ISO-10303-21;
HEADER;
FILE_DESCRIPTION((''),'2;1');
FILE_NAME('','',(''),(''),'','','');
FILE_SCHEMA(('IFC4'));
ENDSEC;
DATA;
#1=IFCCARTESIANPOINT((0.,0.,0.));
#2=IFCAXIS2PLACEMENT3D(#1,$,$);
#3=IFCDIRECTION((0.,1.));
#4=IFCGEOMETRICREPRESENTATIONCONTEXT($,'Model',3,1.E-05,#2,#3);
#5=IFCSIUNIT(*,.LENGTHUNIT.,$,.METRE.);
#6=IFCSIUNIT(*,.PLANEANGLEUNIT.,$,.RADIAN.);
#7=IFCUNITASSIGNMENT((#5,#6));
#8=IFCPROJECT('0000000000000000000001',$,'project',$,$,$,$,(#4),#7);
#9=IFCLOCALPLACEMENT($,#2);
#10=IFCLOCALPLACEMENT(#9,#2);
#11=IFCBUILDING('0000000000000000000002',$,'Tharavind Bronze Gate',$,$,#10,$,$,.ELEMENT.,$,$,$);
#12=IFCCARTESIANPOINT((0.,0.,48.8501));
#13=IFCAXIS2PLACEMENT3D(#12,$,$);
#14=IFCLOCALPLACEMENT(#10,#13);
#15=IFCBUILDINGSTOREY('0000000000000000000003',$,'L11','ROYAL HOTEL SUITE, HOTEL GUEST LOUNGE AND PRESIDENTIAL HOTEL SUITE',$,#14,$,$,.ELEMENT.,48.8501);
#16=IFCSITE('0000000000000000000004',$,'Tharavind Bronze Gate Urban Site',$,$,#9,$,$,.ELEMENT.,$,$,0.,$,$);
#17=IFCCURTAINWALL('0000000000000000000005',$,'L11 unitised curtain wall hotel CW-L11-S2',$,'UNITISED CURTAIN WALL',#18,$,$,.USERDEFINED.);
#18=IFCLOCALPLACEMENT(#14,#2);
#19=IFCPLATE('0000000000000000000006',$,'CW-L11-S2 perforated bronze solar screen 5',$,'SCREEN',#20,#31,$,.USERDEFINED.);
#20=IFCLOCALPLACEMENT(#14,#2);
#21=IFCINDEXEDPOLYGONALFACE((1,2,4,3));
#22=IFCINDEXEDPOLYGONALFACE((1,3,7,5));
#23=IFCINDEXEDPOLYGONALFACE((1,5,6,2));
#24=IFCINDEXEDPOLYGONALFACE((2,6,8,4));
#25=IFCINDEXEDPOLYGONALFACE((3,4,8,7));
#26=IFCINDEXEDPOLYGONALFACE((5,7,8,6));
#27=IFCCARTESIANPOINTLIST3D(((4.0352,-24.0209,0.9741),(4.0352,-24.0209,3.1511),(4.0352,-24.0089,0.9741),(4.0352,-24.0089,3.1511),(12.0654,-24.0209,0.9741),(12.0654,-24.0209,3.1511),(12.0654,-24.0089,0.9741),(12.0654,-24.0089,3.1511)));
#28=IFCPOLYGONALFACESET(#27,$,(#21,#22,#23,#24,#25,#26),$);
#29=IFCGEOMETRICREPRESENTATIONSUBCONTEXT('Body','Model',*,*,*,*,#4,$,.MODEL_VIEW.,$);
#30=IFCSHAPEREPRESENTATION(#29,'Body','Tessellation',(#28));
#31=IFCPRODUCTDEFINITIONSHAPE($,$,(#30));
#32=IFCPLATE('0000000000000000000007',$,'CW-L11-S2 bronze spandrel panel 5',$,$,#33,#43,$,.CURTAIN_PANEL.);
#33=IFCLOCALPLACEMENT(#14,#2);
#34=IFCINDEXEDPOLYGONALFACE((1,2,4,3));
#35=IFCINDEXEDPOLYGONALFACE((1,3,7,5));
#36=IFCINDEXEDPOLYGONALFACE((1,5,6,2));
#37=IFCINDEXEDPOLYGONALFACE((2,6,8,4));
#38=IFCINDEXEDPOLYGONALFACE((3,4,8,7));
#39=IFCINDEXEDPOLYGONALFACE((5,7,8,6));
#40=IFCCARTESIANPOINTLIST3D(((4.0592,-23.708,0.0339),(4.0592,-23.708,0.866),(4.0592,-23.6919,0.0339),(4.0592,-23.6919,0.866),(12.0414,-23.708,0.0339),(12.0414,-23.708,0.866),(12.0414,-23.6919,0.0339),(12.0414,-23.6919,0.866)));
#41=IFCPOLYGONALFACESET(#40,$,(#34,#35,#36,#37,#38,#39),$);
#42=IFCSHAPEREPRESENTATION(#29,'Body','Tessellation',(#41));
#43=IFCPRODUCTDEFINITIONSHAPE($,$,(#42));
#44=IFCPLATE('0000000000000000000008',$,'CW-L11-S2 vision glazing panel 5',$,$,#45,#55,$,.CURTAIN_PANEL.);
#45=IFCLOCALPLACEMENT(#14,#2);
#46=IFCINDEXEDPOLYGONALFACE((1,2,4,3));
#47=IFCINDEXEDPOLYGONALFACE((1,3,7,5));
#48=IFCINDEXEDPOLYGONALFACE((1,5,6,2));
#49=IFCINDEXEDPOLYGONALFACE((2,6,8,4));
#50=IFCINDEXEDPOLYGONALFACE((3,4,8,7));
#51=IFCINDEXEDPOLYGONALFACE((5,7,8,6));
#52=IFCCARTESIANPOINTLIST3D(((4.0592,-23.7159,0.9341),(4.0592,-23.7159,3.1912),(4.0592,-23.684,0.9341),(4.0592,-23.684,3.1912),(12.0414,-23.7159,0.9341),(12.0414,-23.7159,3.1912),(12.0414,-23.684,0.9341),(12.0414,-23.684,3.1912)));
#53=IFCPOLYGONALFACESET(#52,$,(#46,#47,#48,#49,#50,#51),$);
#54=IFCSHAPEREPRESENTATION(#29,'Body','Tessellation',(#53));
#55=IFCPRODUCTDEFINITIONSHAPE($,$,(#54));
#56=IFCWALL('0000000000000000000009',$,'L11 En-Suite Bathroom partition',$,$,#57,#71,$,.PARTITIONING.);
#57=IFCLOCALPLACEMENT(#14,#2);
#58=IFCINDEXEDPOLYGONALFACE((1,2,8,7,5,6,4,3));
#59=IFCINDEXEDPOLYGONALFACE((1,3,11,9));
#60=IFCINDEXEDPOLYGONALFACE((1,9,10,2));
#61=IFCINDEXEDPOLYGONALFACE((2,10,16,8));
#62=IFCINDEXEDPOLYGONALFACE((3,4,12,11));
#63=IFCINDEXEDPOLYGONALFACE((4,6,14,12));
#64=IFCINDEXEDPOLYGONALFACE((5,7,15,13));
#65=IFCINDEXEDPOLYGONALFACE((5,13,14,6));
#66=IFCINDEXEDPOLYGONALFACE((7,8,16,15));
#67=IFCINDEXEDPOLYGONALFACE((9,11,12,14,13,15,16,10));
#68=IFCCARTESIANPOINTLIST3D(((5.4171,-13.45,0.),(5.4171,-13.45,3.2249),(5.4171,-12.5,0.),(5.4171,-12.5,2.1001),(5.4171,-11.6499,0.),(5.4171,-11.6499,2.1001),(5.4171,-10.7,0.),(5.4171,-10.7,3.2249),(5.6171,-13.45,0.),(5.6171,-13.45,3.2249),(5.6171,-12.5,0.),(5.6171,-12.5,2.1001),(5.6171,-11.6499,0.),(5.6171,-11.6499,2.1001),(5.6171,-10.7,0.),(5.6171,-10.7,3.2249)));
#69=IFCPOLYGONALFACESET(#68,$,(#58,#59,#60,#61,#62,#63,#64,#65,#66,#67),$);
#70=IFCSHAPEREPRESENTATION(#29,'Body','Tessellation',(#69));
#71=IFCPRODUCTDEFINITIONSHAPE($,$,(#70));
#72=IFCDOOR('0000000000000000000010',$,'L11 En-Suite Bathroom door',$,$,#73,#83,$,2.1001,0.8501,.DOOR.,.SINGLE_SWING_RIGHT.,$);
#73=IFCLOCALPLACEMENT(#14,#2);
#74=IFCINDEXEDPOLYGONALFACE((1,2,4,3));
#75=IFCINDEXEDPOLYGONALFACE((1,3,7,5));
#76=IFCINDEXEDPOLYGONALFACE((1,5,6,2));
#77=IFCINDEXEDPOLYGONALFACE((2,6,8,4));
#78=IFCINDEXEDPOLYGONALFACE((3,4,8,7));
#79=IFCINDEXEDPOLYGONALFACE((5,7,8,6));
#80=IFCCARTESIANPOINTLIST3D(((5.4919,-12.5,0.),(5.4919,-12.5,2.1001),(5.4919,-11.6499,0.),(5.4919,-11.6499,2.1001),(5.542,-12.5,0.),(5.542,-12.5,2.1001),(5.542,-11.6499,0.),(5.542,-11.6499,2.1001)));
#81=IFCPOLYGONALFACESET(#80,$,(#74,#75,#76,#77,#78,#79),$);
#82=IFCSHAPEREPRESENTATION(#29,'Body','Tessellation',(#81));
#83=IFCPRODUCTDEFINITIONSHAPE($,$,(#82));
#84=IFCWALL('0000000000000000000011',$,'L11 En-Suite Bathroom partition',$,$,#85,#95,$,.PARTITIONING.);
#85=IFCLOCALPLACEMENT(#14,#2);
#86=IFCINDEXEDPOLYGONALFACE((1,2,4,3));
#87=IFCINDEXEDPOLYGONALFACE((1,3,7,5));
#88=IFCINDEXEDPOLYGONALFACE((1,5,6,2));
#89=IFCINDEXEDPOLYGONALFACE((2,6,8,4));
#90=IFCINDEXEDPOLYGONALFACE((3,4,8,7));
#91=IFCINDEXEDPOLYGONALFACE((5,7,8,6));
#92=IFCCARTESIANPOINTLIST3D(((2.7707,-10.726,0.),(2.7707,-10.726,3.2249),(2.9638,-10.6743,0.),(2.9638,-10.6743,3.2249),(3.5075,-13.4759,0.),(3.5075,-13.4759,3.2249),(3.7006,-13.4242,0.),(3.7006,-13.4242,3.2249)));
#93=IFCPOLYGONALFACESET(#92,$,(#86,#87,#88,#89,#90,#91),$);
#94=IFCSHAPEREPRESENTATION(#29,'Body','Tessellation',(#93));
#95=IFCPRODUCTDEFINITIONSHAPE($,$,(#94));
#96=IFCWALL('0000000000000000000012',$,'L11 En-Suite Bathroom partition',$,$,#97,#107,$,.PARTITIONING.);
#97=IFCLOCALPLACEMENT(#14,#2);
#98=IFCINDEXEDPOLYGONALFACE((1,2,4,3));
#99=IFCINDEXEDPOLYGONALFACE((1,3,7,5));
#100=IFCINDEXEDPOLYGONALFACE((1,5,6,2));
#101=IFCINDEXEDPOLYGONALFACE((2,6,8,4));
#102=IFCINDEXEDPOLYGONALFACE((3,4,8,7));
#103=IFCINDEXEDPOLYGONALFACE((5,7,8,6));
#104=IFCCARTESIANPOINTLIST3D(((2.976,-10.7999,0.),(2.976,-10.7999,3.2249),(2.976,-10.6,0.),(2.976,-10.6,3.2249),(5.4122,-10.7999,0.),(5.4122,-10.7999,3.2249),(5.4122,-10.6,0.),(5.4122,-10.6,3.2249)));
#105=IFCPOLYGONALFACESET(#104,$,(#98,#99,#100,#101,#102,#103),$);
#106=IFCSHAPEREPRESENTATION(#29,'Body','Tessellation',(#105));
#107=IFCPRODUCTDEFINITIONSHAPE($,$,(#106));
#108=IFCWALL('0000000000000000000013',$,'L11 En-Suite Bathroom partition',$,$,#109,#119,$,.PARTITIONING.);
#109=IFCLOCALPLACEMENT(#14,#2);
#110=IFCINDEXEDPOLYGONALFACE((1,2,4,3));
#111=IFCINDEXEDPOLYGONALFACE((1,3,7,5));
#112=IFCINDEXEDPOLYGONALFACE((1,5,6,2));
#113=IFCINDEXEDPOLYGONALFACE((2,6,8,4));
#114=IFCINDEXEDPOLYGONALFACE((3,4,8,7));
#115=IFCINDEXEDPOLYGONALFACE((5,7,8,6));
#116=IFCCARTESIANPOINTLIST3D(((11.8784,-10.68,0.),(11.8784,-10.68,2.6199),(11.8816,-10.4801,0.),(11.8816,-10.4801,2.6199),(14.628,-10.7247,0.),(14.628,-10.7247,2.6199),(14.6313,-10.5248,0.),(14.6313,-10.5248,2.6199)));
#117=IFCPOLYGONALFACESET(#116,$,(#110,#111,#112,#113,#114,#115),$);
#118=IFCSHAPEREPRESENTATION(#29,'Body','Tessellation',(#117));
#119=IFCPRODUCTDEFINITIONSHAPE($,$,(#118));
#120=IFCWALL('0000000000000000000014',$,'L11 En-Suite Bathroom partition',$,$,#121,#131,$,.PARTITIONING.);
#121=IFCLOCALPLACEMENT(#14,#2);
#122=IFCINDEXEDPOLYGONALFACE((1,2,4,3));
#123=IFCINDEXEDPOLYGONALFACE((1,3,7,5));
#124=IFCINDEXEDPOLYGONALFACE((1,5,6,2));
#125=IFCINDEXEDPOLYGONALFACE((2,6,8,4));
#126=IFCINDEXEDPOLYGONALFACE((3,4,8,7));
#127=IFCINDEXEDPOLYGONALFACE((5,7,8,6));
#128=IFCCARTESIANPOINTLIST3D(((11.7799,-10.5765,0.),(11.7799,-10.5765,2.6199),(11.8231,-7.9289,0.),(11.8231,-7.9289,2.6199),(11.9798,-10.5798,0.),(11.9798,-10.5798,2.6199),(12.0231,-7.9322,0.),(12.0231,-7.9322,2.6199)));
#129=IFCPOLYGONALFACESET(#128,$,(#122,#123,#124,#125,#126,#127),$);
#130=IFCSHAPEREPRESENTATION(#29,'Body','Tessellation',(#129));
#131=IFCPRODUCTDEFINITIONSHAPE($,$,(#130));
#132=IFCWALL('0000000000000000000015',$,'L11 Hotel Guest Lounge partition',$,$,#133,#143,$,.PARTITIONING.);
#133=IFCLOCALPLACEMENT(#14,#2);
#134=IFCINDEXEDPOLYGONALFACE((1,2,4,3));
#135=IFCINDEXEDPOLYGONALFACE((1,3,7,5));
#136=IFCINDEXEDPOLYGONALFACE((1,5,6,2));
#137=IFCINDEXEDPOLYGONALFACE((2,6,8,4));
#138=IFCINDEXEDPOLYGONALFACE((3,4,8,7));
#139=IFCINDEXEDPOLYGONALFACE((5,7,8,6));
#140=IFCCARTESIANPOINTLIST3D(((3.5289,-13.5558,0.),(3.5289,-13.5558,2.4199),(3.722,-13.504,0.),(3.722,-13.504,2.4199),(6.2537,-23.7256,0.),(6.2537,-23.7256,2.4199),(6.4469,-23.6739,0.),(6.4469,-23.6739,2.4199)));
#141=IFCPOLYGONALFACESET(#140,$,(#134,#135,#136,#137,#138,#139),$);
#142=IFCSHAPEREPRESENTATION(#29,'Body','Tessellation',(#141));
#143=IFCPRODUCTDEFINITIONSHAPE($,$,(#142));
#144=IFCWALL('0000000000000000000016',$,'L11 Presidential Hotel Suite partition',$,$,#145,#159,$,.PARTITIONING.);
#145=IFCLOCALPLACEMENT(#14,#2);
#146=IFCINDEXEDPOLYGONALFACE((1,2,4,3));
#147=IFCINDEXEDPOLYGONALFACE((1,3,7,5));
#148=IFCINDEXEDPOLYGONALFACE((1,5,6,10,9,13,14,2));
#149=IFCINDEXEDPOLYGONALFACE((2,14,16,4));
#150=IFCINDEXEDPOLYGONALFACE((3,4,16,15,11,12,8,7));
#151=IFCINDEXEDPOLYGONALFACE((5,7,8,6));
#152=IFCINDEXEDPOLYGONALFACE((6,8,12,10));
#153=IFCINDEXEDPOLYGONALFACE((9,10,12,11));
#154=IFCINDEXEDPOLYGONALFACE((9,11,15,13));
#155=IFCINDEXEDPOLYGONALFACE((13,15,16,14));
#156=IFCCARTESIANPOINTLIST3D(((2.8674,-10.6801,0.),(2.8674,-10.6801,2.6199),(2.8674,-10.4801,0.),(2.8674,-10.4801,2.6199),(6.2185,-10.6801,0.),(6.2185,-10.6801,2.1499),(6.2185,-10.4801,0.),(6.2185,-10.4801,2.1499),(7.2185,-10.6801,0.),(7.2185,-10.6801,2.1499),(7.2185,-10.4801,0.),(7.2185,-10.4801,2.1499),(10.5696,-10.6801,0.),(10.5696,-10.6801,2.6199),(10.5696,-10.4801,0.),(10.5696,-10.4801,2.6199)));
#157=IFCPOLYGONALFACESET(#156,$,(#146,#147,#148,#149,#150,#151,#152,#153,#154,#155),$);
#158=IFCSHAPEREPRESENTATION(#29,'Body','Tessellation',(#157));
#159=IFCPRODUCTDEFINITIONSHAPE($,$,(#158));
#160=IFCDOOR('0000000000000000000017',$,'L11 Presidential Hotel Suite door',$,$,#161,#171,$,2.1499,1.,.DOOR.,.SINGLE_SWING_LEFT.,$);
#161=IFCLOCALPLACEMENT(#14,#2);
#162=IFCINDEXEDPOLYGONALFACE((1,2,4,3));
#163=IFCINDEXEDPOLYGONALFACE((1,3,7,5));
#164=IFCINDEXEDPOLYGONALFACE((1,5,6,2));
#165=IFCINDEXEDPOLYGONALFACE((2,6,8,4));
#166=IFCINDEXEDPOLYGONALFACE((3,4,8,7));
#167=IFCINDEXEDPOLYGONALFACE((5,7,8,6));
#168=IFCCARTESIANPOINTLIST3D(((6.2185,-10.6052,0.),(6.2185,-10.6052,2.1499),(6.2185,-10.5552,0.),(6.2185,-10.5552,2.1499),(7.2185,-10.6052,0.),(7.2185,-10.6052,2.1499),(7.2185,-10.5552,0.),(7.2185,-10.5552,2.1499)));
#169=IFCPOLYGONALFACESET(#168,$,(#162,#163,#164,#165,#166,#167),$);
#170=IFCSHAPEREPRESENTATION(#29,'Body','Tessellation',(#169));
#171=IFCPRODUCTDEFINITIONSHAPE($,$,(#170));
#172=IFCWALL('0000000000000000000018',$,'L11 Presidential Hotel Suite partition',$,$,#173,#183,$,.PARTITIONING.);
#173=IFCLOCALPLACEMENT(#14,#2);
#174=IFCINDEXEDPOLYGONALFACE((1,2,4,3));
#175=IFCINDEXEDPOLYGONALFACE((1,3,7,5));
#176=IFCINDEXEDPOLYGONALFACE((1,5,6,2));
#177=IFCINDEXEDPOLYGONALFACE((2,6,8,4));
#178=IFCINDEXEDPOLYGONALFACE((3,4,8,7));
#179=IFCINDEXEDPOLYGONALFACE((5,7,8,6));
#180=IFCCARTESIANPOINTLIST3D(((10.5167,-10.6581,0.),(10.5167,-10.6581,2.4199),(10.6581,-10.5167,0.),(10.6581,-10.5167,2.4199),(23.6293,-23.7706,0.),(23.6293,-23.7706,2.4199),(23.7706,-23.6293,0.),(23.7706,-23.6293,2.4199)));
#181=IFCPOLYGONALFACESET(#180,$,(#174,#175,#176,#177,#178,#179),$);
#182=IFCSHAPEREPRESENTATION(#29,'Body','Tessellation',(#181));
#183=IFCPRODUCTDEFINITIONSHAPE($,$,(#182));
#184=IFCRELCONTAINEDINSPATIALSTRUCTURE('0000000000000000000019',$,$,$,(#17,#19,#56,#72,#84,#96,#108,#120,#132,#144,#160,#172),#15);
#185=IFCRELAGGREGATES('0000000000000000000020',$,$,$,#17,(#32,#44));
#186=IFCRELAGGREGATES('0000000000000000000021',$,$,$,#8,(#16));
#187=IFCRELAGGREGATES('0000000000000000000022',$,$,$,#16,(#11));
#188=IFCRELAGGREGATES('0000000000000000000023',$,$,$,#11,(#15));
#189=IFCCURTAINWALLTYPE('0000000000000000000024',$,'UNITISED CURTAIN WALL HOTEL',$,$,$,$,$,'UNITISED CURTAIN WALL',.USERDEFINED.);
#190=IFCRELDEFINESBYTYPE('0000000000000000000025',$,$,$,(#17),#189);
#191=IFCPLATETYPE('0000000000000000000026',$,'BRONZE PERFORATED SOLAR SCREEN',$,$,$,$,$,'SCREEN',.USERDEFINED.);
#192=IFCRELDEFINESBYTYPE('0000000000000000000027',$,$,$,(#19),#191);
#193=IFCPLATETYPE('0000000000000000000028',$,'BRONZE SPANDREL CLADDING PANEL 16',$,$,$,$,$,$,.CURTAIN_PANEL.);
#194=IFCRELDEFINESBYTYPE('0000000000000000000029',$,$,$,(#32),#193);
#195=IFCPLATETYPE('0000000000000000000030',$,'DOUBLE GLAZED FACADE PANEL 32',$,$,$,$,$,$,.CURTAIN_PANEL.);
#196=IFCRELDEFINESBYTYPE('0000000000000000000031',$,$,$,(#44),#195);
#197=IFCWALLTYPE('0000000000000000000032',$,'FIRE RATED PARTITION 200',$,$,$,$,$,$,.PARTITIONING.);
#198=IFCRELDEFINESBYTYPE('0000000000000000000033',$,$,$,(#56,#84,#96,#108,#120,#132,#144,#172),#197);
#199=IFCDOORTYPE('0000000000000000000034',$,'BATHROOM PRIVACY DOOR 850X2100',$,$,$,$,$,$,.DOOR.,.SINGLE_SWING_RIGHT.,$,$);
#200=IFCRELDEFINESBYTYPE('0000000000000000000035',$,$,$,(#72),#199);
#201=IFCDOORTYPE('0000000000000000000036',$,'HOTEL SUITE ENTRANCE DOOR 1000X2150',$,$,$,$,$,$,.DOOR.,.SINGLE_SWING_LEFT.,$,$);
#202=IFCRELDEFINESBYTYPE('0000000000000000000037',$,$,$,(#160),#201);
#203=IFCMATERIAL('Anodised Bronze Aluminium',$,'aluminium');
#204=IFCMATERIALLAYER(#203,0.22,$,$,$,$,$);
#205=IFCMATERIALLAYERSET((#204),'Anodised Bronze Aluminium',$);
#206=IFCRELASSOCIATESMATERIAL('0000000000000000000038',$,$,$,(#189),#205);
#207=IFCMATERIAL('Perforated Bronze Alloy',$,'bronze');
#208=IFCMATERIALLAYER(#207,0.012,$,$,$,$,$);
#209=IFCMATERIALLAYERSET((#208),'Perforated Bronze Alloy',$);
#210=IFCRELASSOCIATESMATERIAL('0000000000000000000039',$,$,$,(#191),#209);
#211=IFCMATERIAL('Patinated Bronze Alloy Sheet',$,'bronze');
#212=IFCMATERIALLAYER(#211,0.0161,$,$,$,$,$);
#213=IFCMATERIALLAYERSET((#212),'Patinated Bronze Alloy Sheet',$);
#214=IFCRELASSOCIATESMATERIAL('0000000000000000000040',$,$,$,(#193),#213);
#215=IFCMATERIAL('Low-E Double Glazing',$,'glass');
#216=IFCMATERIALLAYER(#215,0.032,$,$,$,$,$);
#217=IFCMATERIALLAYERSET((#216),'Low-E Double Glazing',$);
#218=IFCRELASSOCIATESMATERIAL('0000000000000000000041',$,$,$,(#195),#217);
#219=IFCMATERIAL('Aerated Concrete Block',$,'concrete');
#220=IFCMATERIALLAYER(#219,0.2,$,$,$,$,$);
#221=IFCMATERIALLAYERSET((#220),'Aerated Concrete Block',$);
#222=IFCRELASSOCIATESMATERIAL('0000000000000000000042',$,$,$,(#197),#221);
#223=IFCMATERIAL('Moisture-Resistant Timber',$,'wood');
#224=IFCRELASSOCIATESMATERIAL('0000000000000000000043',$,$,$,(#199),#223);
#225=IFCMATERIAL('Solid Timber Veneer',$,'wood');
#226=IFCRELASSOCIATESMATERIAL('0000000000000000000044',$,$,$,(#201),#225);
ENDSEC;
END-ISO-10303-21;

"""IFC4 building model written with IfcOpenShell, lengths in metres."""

from ifc_helpers import new_model, si_unit, direction, frame, frame_2d, origin, origin_2d, place, context, subcontext, project, spatial, rectangle, extrude, material, layer, layer_set, type_object, element, fill, aggregate, save


model = new_model("IFC4")

# Units and contexts
model_context = context("Model", 3, precision=1e-05, world=origin(), true_north=direction((0.0, 1.0)))
body_context = subcontext(model_context, "Body", "Model", "MODEL_VIEW")
ifc_project = project(units=[si_unit("LENGTHUNIT", "METRE"), si_unit("PLANEANGLEUNIT", "RADIAN")], contexts=[model_context])

# Site, building, storey
site_placement = place(None, origin())
site = spatial("IfcSite", under=ifc_project, at=site_placement, Name="Tharavind Bronze Gate Urban Site", CompositionType="ELEMENT", RefElevation=0.0)
building_placement = place(site_placement, origin())
building = spatial("IfcBuilding", under=site, at=building_placement, Name="Tharavind Bronze Gate", CompositionType="ELEMENT")
storey_placement = place(building_placement, frame((0.0, 0.0, 48.8501)))
storey = spatial("IfcBuildingStorey", under=building, at=storey_placement, Name="L11", Description="ROYAL HOTEL SUITE, HOTEL GUEST LOUNGE AND PRESIDENTIAL HOTEL SUITE", CompositionType="ELEMENT", Elevation=48.8501)

# Curtain wall
ifc_material_1 = material(Name="Anodised Bronze Aluminium", Category="aluminium")
ifc_layer_1 = layer(ifc_material_1, 0.22)
ifc_layer_set_1 = layer_set([ifc_layer_1], Name="Anodised Bronze Aluminium")
curtain_wall_type = type_object("IfcCurtainWallType", Name="UNITISED CURTAIN WALL HOTEL", ElementType="UNITISED CURTAIN WALL", PredefinedType="USERDEFINED", material=ifc_layer_set_1)
curtain_wall_placement = place(storey_placement, origin())
curtain_wall = element("IfcCurtainWall", 1, at=curtain_wall_placement, inside=storey, type_object=curtain_wall_type, Name="L11 unitised curtain wall hotel CW-L11-S2", ObjectType="UNITISED CURTAIN WALL", PredefinedType="USERDEFINED")

# Plates
ifc_material_2 = material(Name="Perforated Bronze Alloy", Category="bronze")
ifc_layer_2 = layer(ifc_material_2, 0.012)
ifc_layer_set_2 = layer_set([ifc_layer_2], Name="Perforated Bronze Alloy")
plate_type_1 = type_object("IfcPlateType", Name="BRONZE PERFORATED SOLAR SCREEN", ElementType="SCREEN", PredefinedType="USERDEFINED", material=ifc_layer_set_2)
plate_1_placement = place(storey_placement, frame((8.0503, -24.0149, 0.9741), z_axis=(0.0, 0.0, 1.0), x_axis=(1.0, 0.0, 0.0)))
element("IfcPlate", 2, at=plate_1_placement, inside=storey, type_object=plate_type_1, Name="CW-L11-S2 perforated bronze solar screen 5", ObjectType="SCREEN", PredefinedType="USERDEFINED", context=body_context, shape_type="SweptSolid", body=[
    extrude(rectangle(XDim=8.0303, YDim=0.012, at=origin_2d()), origin(), (0.0, 0.0, 1.0), 2.177),
])
ifc_material_3 = material(Name="Patinated Bronze Alloy Sheet", Category="bronze")
ifc_layer_3 = layer(ifc_material_3, 0.0161)
ifc_layer_set_3 = layer_set([ifc_layer_3], Name="Patinated Bronze Alloy Sheet")
plate_type_2 = type_object("IfcPlateType", Name="BRONZE SPANDREL CLADDING PANEL 16", PredefinedType="CURTAIN_PANEL", material=ifc_layer_set_3)
plate_2_placement = place(storey_placement, frame((8.0503, -23.7, 0.0339), z_axis=(0.0, 0.0, 1.0), x_axis=(1.0, 0.0, 0.0)))
plate_2 = element("IfcPlate", 3, at=plate_2_placement, type_object=plate_type_2, Name="CW-L11-S2 bronze spandrel panel 5", PredefinedType="CURTAIN_PANEL", context=body_context, shape_type="SweptSolid", body=[
    extrude(rectangle(XDim=7.9822, YDim=0.0161, at=origin_2d()), origin(), (0.0, 0.0, 1.0), 0.832),
])
ifc_material_4 = material(Name="Low-E Double Glazing", Category="glass")
ifc_layer_4 = layer(ifc_material_4, 0.032)
ifc_layer_set_4 = layer_set([ifc_layer_4], Name="Low-E Double Glazing")
plate_type_3 = type_object("IfcPlateType", Name="DOUBLE GLAZED FACADE PANEL 32", PredefinedType="CURTAIN_PANEL", material=ifc_layer_set_4)
plate_3_placement = place(storey_placement, frame((8.0503, -23.7, 0.9341), z_axis=(0.0, 0.0, 1.0), x_axis=(1.0, 0.0, 0.0)))
plate_3 = element("IfcPlate", 4, at=plate_3_placement, type_object=plate_type_3, Name="CW-L11-S2 vision glazing panel 5", PredefinedType="CURTAIN_PANEL", context=body_context, shape_type="SweptSolid", body=[
    extrude(rectangle(XDim=7.9822, YDim=0.032, at=origin_2d()), origin(), (0.0, 0.0, 1.0), 2.2571),
])
aggregate(curtain_wall, [plate_2, plate_3])

# Wall, opening, door
ifc_material_5 = material(Name="Aerated Concrete Block", Category="concrete")
ifc_layer_5 = layer(ifc_material_5, 0.2)
ifc_layer_set_5 = layer_set([ifc_layer_5], Name="Aerated Concrete Block")
wall_type_1 = type_object("IfcWallType", Name="FIRE RATED PARTITION 200", PredefinedType="PARTITIONING", material=ifc_layer_set_5)
wall_1_placement = place(storey_placement, frame((5.5171, -10.7, 0.0), z_axis=(0.0, 0.0, 1.0), x_axis=(0.0, -1.0, 0.0)))
wall_1 = element("IfcWall", 5, at=wall_1_placement, inside=storey, type_object=wall_type_1, Name="L11 En-Suite Bathroom partition", PredefinedType="PARTITIONING", context=body_context, shape_type="SweptSolid", body=[
    extrude(rectangle(XDim=2.75, YDim=0.2, at=frame_2d((1.375, 0.0))), origin(), (0.0, 0.0, 1.0), 3.2249),
])
opening_1_placement = place(wall_1_placement, frame((0.95, 0.0, 0.0)))
opening_1 = element("IfcOpeningElement", 6, at=opening_1_placement, cuts=wall_1, PredefinedType="OPENING", context=body_context, shape_type="SweptSolid", body=[
    extrude(rectangle(XDim=0.8501, YDim=2.1001, at=frame_2d((0.425, 1.05))), frame((0.0, 0.1101, 0.0), z_axis=(0.0, -1.0, 0.0), x_axis=(1.0, 0.0, 0.0)), (0.0, 0.0, 1.0), 0.22),
])
ifc_material_6 = material(Name="Moisture-Resistant Timber", Category="wood")
door_type_1 = type_object("IfcDoorType", Name="BATHROOM PRIVACY DOOR 850X2100", OperationType="SINGLE_SWING_RIGHT", PredefinedType="DOOR", material=ifc_material_6)
door_1_placement = place(opening_1_placement, origin())
door_1 = element("IfcDoor", 7, at=door_1_placement, inside=storey, type_object=door_type_1, Name="L11 En-Suite Bathroom door", OperationType="SINGLE_SWING_RIGHT", OverallHeight=2.1001, OverallWidth=0.8501, PredefinedType="DOOR", context=body_context, shape_type="SweptSolid", body=[
    extrude(rectangle(XDim=0.8501, YDim=2.1001, at=frame_2d((0.425, 1.05))), frame((0.0, 0.0249, 0.0), z_axis=(0.0, -1.0, 0.0), x_axis=(1.0, 0.0, 0.0)), (0.0, 0.0, 1.0), 0.05),
])
fill(opening_1, door_1)

# Walls
wall_2_placement = place(storey_placement, frame((3.604, -13.45, 0.0), z_axis=(0.0, 0.0, 1.0), x_axis=(-0.258805, 0.96593, 0.0)))
element("IfcWall", 8, at=wall_2_placement, inside=storey, type_object=wall_type_1, Name="L11 En-Suite Bathroom partition", PredefinedType="PARTITIONING", context=body_context, shape_type="SweptSolid", body=[
    extrude(rectangle(XDim=2.8469, YDim=0.2, at=frame_2d((1.4233, 0.0))), origin(), (0.0, 0.0, 1.0), 3.2249),
])
wall_3_placement = place(storey_placement, frame((2.9758, -10.7, 0.0), z_axis=(0.0, 0.0, 1.0), x_axis=(1.0, 0.0, 0.0)))
element("IfcWall", 9, at=wall_3_placement, inside=storey, type_object=wall_type_1, Name="L11 En-Suite Bathroom partition", PredefinedType="PARTITIONING", context=body_context, shape_type="SweptSolid", body=[
    extrude(rectangle(XDim=2.4363, YDim=0.2, at=frame_2d((1.2183, 0.0))), origin(), (0.0, 0.0, 1.0), 3.2249),
])
wall_4_placement = place(storey_placement, frame((14.6296, -10.6248, 0.0), z_axis=(0.0, 0.0, 1.0), x_axis=(-0.999868, 0.016246, 0.0)))
element("IfcWall", 10, at=wall_4_placement, inside=storey, type_object=wall_type_1, Name="L11 En-Suite Bathroom partition", PredefinedType="PARTITIONING", context=body_context, shape_type="SweptSolid", body=[
    extrude(rectangle(XDim=2.75, YDim=0.2, at=frame_2d((1.375, 0.0))), origin(), (0.0, 0.0, 1.0), 2.6199),
])
wall_5_placement = place(storey_placement, frame((11.8799, -10.5781, 0.0), z_axis=(0.0, 0.0, 1.0), x_axis=(0.016319, 0.999867, 0.0)))
element("IfcWall", 11, at=wall_5_placement, inside=storey, type_object=wall_type_1, Name="L11 En-Suite Bathroom partition", PredefinedType="PARTITIONING", context=body_context, shape_type="SweptSolid", body=[
    extrude(rectangle(XDim=2.6479, YDim=0.2, at=frame_2d((1.324, 0.0))), origin(), (0.0, 0.0, 1.0), 2.6199),
])
wall_6_placement = place(storey_placement, frame((3.6255, -13.53, 0.0), z_axis=(0.0, 0.0, 1.0), x_axis=(0.258804, -0.96593, 0.0)))
element("IfcWall", 12, at=wall_6_placement, inside=storey, type_object=wall_type_1, Name="L11 Hotel Guest Lounge partition", PredefinedType="PARTITIONING", context=body_context, shape_type="SweptSolid", body=[
    extrude(rectangle(XDim=10.5286, YDim=0.2, at=frame_2d((5.2642, 0.0))), origin(), (0.0, 0.0, 1.0), 2.4199),
])

# Wall, opening, door
wall_7_placement = place(storey_placement, frame((2.8674, -10.5801, 0.0), z_axis=(0.0, 0.0, 1.0), x_axis=(1.0, 0.0, 0.0)))
wall_7 = element("IfcWall", 13, at=wall_7_placement, inside=storey, type_object=wall_type_1, Name="L11 Presidential Hotel Suite partition", PredefinedType="PARTITIONING", context=body_context, shape_type="SweptSolid", body=[
    extrude(rectangle(XDim=7.7021, YDim=0.2, at=frame_2d((3.8511, 0.0))), origin(), (0.0, 0.0, 1.0), 2.6199),
])
opening_2_placement = place(wall_7_placement, frame((3.3511, 0.0, 0.0)))
opening_2 = element("IfcOpeningElement", 14, at=opening_2_placement, cuts=wall_7, PredefinedType="OPENING", context=body_context, shape_type="SweptSolid", body=[
    extrude(rectangle(XDim=1.0, YDim=2.1499, at=frame_2d((0.5, 1.075))), frame((0.0, 0.1101, 0.0), z_axis=(0.0, -1.0, 0.0), x_axis=(1.0, 0.0, 0.0)), (0.0, 0.0, 1.0), 0.22),
])
ifc_material_7 = material(Name="Solid Timber Veneer", Category="wood")
door_type_2 = type_object("IfcDoorType", Name="HOTEL SUITE ENTRANCE DOOR 1000X2150", OperationType="SINGLE_SWING_LEFT", PredefinedType="DOOR", material=ifc_material_7)
door_2_placement = place(opening_2_placement, origin())
door_2 = element("IfcDoor", 15, at=door_2_placement, inside=storey, type_object=door_type_2, Name="L11 Presidential Hotel Suite door", OperationType="SINGLE_SWING_LEFT", OverallHeight=2.1499, OverallWidth=1.0, PredefinedType="DOOR", context=body_context, shape_type="SweptSolid", body=[
    extrude(rectangle(XDim=1.0, YDim=2.1499, at=frame_2d((0.5, 1.075))), frame((0.0, 0.0249, 0.0), z_axis=(0.0, -1.0, 0.0), x_axis=(1.0, 0.0, 0.0)), (0.0, 0.0, 1.0), 0.05),
])
fill(opening_2, door_2)

# Wall
wall_8_placement = place(storey_placement, frame((10.5874, -10.5874, 0.0), z_axis=(0.0, 0.0, 1.0), x_axis=(0.707107, -0.707107, 0.0)))
element("IfcWall", 16, at=wall_8_placement, inside=storey, type_object=wall_type_1, Name="L11 Presidential Hotel Suite partition", PredefinedType="PARTITIONING", context=body_context, shape_type="SweptSolid", body=[
    extrude(rectangle(XDim=18.5439, YDim=0.2, at=frame_2d((9.272, 0.0))), origin(), (0.0, 0.0, 1.0), 2.4199),
])

save(model, "model.ifc")
